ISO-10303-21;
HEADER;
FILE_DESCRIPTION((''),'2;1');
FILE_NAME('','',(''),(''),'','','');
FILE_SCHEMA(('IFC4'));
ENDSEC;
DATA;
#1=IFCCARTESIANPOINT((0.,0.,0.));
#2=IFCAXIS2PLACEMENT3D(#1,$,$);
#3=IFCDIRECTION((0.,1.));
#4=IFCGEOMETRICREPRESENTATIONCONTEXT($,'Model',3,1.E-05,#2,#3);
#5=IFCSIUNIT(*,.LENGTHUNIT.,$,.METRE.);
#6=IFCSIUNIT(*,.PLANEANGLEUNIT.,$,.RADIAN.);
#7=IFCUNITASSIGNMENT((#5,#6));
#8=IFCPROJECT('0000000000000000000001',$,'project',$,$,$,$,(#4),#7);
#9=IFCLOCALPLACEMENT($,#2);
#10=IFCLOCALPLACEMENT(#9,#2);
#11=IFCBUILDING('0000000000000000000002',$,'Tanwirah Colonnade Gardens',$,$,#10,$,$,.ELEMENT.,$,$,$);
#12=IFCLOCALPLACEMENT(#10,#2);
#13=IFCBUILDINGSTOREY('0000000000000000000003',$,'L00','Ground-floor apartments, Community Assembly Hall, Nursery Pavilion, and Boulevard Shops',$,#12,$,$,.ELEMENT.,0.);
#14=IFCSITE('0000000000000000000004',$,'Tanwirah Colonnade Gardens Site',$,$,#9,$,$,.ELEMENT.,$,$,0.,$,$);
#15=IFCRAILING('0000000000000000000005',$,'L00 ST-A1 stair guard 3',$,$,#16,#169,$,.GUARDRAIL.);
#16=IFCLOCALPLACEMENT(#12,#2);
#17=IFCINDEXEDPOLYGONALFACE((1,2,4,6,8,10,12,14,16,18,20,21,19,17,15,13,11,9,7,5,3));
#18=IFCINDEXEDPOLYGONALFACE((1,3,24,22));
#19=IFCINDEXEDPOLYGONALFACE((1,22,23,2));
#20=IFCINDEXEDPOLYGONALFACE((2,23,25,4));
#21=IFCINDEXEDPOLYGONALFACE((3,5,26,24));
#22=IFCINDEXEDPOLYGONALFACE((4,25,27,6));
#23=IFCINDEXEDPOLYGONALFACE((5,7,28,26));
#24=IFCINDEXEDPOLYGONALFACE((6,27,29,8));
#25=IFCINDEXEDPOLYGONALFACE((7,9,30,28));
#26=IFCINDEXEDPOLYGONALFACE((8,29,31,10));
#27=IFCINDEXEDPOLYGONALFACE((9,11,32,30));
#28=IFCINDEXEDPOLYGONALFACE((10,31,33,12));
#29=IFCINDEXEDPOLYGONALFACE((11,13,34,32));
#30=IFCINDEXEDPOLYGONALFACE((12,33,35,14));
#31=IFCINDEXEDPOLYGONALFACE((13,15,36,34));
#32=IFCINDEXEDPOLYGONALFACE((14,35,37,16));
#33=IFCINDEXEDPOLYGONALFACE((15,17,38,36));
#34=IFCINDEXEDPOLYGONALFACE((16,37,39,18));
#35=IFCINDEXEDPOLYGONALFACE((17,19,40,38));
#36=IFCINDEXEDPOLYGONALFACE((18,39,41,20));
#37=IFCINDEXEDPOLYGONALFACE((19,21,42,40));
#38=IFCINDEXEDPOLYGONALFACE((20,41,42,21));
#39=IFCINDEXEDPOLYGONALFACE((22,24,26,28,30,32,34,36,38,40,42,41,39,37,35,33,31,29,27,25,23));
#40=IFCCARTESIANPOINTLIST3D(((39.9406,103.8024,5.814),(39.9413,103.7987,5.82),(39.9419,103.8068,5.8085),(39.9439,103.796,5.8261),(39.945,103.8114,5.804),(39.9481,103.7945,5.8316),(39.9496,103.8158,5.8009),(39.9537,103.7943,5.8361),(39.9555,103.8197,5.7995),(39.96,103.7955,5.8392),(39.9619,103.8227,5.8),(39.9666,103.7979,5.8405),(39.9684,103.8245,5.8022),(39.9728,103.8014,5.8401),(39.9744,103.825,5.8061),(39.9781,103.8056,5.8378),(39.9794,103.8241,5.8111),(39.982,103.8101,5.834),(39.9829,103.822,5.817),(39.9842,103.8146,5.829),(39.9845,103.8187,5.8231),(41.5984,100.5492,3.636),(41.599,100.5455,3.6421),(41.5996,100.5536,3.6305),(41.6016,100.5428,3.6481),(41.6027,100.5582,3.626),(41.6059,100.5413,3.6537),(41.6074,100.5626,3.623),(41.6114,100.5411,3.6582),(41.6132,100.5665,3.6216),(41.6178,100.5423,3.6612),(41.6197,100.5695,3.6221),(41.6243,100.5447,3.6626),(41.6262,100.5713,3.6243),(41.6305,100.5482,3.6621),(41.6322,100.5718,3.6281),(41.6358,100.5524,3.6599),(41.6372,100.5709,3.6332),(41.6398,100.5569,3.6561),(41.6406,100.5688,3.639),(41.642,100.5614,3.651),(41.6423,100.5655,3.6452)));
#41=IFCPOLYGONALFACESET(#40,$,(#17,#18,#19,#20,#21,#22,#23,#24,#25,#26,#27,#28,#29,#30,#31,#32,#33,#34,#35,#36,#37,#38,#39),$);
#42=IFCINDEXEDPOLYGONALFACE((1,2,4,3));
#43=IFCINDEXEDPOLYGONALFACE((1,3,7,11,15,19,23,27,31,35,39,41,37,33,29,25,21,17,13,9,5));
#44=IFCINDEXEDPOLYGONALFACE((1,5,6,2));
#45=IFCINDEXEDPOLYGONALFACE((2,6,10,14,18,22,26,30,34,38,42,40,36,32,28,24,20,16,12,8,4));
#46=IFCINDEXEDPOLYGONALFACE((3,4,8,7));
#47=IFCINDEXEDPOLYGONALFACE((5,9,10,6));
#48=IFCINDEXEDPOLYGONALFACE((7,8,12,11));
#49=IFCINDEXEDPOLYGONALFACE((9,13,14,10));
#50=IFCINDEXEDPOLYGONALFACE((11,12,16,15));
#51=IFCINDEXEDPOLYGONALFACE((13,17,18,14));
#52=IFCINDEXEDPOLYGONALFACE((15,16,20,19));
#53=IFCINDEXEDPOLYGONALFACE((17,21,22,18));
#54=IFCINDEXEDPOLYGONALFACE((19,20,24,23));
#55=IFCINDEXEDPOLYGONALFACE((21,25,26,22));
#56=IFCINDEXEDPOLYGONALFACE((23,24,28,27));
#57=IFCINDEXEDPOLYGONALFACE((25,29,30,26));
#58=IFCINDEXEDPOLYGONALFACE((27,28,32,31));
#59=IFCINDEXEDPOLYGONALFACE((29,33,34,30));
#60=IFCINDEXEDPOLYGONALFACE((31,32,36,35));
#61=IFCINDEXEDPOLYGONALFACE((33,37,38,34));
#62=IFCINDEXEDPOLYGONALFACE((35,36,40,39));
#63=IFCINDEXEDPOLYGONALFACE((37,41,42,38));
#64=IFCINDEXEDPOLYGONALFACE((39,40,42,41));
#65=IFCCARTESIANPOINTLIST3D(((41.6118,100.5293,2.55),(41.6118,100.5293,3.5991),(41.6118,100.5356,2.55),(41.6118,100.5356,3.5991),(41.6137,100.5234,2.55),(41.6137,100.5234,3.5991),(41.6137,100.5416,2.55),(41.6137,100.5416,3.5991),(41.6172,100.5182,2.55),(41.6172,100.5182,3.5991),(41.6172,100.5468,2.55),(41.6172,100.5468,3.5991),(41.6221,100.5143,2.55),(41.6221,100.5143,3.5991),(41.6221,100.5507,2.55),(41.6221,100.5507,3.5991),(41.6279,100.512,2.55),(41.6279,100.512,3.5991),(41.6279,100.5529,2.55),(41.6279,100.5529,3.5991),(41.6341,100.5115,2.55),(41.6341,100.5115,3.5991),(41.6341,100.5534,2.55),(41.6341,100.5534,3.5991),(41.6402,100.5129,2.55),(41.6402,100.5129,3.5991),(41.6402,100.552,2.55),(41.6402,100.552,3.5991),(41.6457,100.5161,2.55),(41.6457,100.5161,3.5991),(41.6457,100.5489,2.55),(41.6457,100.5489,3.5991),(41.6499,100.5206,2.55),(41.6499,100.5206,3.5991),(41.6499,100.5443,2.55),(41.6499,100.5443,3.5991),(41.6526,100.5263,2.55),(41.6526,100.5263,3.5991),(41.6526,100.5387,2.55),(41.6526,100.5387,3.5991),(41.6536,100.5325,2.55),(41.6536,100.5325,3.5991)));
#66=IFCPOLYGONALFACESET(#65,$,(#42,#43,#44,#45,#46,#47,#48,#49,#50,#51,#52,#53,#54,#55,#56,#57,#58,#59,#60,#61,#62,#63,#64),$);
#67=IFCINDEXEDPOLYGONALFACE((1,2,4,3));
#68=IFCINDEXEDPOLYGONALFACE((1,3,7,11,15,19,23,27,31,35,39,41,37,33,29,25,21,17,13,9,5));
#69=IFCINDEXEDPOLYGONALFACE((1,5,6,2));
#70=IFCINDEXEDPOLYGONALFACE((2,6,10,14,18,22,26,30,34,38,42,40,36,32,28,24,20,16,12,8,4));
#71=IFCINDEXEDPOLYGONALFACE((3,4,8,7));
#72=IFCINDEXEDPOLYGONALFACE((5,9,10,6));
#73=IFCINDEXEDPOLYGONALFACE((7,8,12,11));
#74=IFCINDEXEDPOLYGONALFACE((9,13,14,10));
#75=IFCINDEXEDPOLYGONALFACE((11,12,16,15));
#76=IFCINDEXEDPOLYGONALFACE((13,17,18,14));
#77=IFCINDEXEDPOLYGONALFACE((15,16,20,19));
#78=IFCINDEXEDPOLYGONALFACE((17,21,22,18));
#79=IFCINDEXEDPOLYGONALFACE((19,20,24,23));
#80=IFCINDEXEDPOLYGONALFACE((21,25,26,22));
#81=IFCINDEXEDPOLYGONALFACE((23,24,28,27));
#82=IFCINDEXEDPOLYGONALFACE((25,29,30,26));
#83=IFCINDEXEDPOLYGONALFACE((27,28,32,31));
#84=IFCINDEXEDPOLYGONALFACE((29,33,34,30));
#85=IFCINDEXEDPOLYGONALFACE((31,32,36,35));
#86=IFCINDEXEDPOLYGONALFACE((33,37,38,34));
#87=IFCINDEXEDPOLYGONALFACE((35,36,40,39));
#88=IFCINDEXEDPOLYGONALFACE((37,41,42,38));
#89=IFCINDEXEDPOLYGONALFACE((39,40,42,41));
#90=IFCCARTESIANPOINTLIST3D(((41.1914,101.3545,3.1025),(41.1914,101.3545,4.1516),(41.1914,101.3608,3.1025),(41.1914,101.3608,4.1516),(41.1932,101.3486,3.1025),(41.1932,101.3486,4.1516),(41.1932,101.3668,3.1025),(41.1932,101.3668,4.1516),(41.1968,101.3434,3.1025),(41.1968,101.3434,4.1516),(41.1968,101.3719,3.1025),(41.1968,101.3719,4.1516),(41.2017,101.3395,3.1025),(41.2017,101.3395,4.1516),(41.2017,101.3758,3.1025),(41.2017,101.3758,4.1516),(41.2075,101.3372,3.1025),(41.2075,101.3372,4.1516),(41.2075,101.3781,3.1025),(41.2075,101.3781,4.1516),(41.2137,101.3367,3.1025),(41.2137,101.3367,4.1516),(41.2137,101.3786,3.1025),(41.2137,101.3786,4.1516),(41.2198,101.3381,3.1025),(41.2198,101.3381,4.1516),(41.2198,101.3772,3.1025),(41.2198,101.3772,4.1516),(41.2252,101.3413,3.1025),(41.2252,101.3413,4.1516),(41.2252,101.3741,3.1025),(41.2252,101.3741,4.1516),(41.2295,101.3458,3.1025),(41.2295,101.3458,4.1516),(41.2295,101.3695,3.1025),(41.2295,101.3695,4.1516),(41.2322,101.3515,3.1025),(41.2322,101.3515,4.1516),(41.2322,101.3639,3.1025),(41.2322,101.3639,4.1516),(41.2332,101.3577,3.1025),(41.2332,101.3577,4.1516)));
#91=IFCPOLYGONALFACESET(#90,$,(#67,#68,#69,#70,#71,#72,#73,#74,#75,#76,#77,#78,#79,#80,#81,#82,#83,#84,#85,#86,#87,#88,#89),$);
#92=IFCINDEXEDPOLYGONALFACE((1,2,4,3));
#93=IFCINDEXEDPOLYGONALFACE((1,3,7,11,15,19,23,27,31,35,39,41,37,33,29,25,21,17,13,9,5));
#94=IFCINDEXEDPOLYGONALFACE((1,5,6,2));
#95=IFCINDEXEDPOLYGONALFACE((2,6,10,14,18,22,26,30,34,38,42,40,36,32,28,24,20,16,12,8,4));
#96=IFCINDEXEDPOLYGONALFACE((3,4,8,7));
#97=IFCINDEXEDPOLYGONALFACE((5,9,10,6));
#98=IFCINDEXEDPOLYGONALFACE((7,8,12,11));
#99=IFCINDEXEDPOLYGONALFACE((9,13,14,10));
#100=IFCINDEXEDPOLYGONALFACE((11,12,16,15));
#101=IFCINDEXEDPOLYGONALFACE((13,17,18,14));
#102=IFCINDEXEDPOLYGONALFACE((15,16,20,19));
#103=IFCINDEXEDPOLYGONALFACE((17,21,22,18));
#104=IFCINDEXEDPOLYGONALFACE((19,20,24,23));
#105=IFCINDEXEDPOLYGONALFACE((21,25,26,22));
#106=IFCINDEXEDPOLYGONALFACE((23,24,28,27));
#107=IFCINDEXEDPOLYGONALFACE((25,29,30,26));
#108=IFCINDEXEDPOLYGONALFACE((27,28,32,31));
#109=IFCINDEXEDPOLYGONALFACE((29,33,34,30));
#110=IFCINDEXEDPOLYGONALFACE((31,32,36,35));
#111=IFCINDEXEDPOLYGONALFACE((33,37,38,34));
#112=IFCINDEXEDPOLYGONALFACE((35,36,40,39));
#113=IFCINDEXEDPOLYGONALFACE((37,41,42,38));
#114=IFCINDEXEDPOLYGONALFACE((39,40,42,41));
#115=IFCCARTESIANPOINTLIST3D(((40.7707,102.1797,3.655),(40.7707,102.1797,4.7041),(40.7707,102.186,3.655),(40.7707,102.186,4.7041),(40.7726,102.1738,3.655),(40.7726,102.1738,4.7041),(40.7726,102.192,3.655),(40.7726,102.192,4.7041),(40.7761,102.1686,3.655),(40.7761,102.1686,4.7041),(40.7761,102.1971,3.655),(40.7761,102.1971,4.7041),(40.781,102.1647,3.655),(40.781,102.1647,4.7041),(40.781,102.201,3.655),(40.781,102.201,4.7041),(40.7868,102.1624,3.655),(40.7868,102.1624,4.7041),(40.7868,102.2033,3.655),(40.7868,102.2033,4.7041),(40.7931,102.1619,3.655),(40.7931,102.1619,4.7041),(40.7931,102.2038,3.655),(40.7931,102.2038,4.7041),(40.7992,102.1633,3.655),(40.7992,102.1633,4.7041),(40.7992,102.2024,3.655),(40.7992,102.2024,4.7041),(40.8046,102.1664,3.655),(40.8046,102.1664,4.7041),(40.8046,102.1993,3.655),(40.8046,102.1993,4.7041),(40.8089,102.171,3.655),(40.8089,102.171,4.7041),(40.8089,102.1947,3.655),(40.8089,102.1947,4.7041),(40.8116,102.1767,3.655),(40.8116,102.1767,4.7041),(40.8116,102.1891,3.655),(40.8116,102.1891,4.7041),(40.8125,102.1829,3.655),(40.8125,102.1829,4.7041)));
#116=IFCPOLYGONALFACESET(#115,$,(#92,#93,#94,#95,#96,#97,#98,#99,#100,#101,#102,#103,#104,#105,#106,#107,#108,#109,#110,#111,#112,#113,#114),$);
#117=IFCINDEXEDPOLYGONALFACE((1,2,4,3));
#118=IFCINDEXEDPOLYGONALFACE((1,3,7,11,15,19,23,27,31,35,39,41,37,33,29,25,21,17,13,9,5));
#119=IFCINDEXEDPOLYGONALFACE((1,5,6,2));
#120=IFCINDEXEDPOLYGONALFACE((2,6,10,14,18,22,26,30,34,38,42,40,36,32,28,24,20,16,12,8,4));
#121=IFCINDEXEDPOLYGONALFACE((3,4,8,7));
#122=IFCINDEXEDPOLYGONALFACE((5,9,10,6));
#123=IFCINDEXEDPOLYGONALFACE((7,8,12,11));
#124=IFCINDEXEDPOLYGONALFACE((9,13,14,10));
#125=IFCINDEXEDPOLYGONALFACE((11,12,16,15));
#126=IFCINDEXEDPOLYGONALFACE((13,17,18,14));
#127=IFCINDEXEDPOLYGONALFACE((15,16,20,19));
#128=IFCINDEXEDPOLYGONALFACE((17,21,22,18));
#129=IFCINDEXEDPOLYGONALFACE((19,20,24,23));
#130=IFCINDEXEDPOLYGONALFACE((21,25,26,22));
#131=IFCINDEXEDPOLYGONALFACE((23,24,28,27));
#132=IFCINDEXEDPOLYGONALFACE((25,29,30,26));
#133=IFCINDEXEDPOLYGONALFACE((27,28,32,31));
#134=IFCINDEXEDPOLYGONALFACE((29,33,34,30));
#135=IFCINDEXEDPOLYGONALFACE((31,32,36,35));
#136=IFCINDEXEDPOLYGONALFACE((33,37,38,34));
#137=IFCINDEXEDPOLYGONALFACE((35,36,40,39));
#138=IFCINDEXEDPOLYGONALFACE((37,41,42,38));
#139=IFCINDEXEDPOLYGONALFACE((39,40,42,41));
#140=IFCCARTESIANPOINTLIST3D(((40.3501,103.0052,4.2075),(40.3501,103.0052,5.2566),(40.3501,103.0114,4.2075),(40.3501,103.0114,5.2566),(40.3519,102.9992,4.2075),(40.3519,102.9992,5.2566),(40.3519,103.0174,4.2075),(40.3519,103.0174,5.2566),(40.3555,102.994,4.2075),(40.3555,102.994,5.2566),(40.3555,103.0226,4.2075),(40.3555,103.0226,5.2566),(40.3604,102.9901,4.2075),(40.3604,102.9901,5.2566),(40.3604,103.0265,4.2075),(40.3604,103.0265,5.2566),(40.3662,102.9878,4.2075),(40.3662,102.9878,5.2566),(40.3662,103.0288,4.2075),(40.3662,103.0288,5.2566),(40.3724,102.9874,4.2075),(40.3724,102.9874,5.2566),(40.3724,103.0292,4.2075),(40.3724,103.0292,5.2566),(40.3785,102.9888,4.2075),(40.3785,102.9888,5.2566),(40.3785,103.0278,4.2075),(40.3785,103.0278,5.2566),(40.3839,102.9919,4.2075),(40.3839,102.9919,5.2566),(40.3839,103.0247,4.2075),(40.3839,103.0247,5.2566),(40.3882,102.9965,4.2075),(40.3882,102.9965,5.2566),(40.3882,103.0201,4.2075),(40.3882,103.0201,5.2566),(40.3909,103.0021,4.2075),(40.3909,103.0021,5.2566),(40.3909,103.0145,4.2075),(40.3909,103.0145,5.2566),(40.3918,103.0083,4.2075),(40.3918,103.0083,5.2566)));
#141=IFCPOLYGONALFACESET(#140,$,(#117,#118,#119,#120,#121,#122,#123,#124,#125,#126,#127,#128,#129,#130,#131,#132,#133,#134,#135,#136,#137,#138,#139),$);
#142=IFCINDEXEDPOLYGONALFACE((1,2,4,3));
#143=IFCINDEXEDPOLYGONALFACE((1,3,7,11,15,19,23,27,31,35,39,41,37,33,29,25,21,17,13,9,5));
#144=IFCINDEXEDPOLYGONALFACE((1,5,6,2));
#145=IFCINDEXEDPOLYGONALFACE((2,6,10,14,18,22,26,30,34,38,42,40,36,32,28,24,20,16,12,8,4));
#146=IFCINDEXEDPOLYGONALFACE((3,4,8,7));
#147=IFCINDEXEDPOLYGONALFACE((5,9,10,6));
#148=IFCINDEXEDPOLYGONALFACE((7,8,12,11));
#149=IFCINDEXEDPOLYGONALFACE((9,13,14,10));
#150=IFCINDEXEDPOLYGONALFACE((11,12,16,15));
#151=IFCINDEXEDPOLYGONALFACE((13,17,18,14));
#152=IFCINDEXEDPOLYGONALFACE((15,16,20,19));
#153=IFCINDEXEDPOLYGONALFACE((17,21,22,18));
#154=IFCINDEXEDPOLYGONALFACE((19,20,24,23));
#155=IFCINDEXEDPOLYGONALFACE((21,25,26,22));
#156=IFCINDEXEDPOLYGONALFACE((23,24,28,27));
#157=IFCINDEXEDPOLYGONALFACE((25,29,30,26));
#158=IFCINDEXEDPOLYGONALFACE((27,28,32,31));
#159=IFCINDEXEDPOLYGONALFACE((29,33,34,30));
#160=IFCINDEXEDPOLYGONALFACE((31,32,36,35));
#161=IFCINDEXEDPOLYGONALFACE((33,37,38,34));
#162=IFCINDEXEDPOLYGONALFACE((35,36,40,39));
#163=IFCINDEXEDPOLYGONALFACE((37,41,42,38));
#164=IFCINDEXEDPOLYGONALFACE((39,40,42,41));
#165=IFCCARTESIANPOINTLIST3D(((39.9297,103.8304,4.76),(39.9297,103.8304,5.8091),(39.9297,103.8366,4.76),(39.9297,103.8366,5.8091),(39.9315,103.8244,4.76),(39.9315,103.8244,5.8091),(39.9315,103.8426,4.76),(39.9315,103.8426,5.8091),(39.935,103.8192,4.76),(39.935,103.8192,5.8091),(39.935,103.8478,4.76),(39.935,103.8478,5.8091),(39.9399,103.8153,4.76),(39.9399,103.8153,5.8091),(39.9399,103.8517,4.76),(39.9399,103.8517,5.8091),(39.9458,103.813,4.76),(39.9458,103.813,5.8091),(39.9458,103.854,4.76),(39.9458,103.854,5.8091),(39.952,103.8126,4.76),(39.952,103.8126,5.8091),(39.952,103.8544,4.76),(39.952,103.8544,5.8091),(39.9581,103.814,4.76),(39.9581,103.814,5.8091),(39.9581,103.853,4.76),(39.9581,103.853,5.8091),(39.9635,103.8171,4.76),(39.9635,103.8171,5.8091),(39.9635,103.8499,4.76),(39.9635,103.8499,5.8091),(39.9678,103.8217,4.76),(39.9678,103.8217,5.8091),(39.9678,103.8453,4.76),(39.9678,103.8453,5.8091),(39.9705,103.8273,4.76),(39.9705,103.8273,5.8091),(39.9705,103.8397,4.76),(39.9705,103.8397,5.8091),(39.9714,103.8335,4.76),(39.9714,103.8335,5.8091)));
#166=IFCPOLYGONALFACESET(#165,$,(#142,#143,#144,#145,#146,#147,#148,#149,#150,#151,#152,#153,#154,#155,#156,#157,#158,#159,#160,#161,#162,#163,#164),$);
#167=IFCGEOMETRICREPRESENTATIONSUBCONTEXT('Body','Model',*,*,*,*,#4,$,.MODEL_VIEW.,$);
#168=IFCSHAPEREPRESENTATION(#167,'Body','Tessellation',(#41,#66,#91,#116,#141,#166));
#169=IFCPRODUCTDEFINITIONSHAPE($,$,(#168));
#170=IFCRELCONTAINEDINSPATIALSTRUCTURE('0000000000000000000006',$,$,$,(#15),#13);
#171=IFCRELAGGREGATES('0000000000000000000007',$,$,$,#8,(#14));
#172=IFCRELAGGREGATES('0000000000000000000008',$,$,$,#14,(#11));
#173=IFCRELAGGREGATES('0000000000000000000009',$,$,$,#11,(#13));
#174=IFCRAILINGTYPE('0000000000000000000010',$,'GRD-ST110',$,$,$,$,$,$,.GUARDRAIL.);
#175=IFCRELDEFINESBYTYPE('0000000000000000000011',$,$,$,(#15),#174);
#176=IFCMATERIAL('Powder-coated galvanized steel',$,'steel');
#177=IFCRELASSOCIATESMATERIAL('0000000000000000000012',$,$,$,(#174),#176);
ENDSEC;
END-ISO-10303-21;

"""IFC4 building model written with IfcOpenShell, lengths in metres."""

from ifc_helpers import new_model, si_unit, direction, frame, origin, origin_2d, place, context, subcontext, project, spatial, circle, extrude, material, type_object, element, save


model = new_model("IFC4")

# Units and contexts
model_context = context("Model", 3, precision=1e-05, world=origin(), true_north=direction((0.0, 1.0)))
body_context = subcontext(model_context, "Body", "Model", "MODEL_VIEW")
ifc_project = project(units=[si_unit("LENGTHUNIT", "METRE"), si_unit("PLANEANGLEUNIT", "RADIAN")], contexts=[model_context])

# Site, building, storey
site_placement = place(None, origin())
site = spatial("IfcSite", under=ifc_project, at=site_placement, Name="Tanwirah Colonnade Gardens Site", CompositionType="ELEMENT", RefElevation=0.0)
building_placement = place(site_placement, origin())
building = spatial("IfcBuilding", under=site, at=building_placement, Name="Tanwirah Colonnade Gardens", CompositionType="ELEMENT")
storey_placement = place(building_placement, origin())
storey = spatial("IfcBuildingStorey", under=building, at=storey_placement, Name="L00", Description="Ground-floor apartments, Community Assembly Hall, Nursery Pavilion, and Boulevard Shops", CompositionType="ELEMENT", Elevation=0.0)

# Railing
ifc_material_1 = material(Name="Powder-coated galvanized steel", Category="steel")
railing_type_1 = type_object("IfcRailingType", Name="GRD-ST110", PredefinedType="GUARDRAIL", material=ifc_material_1)
railing_1_placement = place(storey_placement, frame((41.6326, 100.5325, 2.55)))
element("IfcRailing", 1, at=railing_1_placement, inside=storey, type_object=railing_type_1, Name="L00 ST-A1 stair guard 3", PredefinedType="GUARDRAIL", context=body_context, shape_type="SweptSolid", body=[
    extrude(circle(Radius=0.0239, at=origin_2d()), frame((-0.0122, 0.0239, 1.092), z_axis=(-0.389927, 0.765196, 0.512281), x_axis=(-0.890988, -0.454027, 0.0)), (0.0, 0.0, 1.0), 4.2515),
    extrude(circle(Radius=0.021, at=origin_2d()), origin(), (0.0, 0.0, 1.0), 1.0491),
    extrude(circle(Radius=0.021, at=origin_2d()), frame((-0.4204, 0.8252, 0.5525)), (0.0, 0.0, 1.0), 1.0491),
    extrude(circle(Radius=0.021, at=origin_2d()), frame((-0.8411, 1.6504, 1.105)), (0.0, 0.0, 1.0), 1.0491),
    extrude(circle(Radius=0.021, at=origin_2d()), frame((-1.2617, 2.4758, 1.6575)), (0.0, 0.0, 1.0), 1.0491),
    extrude(circle(Radius=0.021, at=origin_2d()), frame((-1.6821, 3.301, 2.21)), (0.0, 0.0, 1.0), 1.0491),
])

save(model, "model.ifc")
